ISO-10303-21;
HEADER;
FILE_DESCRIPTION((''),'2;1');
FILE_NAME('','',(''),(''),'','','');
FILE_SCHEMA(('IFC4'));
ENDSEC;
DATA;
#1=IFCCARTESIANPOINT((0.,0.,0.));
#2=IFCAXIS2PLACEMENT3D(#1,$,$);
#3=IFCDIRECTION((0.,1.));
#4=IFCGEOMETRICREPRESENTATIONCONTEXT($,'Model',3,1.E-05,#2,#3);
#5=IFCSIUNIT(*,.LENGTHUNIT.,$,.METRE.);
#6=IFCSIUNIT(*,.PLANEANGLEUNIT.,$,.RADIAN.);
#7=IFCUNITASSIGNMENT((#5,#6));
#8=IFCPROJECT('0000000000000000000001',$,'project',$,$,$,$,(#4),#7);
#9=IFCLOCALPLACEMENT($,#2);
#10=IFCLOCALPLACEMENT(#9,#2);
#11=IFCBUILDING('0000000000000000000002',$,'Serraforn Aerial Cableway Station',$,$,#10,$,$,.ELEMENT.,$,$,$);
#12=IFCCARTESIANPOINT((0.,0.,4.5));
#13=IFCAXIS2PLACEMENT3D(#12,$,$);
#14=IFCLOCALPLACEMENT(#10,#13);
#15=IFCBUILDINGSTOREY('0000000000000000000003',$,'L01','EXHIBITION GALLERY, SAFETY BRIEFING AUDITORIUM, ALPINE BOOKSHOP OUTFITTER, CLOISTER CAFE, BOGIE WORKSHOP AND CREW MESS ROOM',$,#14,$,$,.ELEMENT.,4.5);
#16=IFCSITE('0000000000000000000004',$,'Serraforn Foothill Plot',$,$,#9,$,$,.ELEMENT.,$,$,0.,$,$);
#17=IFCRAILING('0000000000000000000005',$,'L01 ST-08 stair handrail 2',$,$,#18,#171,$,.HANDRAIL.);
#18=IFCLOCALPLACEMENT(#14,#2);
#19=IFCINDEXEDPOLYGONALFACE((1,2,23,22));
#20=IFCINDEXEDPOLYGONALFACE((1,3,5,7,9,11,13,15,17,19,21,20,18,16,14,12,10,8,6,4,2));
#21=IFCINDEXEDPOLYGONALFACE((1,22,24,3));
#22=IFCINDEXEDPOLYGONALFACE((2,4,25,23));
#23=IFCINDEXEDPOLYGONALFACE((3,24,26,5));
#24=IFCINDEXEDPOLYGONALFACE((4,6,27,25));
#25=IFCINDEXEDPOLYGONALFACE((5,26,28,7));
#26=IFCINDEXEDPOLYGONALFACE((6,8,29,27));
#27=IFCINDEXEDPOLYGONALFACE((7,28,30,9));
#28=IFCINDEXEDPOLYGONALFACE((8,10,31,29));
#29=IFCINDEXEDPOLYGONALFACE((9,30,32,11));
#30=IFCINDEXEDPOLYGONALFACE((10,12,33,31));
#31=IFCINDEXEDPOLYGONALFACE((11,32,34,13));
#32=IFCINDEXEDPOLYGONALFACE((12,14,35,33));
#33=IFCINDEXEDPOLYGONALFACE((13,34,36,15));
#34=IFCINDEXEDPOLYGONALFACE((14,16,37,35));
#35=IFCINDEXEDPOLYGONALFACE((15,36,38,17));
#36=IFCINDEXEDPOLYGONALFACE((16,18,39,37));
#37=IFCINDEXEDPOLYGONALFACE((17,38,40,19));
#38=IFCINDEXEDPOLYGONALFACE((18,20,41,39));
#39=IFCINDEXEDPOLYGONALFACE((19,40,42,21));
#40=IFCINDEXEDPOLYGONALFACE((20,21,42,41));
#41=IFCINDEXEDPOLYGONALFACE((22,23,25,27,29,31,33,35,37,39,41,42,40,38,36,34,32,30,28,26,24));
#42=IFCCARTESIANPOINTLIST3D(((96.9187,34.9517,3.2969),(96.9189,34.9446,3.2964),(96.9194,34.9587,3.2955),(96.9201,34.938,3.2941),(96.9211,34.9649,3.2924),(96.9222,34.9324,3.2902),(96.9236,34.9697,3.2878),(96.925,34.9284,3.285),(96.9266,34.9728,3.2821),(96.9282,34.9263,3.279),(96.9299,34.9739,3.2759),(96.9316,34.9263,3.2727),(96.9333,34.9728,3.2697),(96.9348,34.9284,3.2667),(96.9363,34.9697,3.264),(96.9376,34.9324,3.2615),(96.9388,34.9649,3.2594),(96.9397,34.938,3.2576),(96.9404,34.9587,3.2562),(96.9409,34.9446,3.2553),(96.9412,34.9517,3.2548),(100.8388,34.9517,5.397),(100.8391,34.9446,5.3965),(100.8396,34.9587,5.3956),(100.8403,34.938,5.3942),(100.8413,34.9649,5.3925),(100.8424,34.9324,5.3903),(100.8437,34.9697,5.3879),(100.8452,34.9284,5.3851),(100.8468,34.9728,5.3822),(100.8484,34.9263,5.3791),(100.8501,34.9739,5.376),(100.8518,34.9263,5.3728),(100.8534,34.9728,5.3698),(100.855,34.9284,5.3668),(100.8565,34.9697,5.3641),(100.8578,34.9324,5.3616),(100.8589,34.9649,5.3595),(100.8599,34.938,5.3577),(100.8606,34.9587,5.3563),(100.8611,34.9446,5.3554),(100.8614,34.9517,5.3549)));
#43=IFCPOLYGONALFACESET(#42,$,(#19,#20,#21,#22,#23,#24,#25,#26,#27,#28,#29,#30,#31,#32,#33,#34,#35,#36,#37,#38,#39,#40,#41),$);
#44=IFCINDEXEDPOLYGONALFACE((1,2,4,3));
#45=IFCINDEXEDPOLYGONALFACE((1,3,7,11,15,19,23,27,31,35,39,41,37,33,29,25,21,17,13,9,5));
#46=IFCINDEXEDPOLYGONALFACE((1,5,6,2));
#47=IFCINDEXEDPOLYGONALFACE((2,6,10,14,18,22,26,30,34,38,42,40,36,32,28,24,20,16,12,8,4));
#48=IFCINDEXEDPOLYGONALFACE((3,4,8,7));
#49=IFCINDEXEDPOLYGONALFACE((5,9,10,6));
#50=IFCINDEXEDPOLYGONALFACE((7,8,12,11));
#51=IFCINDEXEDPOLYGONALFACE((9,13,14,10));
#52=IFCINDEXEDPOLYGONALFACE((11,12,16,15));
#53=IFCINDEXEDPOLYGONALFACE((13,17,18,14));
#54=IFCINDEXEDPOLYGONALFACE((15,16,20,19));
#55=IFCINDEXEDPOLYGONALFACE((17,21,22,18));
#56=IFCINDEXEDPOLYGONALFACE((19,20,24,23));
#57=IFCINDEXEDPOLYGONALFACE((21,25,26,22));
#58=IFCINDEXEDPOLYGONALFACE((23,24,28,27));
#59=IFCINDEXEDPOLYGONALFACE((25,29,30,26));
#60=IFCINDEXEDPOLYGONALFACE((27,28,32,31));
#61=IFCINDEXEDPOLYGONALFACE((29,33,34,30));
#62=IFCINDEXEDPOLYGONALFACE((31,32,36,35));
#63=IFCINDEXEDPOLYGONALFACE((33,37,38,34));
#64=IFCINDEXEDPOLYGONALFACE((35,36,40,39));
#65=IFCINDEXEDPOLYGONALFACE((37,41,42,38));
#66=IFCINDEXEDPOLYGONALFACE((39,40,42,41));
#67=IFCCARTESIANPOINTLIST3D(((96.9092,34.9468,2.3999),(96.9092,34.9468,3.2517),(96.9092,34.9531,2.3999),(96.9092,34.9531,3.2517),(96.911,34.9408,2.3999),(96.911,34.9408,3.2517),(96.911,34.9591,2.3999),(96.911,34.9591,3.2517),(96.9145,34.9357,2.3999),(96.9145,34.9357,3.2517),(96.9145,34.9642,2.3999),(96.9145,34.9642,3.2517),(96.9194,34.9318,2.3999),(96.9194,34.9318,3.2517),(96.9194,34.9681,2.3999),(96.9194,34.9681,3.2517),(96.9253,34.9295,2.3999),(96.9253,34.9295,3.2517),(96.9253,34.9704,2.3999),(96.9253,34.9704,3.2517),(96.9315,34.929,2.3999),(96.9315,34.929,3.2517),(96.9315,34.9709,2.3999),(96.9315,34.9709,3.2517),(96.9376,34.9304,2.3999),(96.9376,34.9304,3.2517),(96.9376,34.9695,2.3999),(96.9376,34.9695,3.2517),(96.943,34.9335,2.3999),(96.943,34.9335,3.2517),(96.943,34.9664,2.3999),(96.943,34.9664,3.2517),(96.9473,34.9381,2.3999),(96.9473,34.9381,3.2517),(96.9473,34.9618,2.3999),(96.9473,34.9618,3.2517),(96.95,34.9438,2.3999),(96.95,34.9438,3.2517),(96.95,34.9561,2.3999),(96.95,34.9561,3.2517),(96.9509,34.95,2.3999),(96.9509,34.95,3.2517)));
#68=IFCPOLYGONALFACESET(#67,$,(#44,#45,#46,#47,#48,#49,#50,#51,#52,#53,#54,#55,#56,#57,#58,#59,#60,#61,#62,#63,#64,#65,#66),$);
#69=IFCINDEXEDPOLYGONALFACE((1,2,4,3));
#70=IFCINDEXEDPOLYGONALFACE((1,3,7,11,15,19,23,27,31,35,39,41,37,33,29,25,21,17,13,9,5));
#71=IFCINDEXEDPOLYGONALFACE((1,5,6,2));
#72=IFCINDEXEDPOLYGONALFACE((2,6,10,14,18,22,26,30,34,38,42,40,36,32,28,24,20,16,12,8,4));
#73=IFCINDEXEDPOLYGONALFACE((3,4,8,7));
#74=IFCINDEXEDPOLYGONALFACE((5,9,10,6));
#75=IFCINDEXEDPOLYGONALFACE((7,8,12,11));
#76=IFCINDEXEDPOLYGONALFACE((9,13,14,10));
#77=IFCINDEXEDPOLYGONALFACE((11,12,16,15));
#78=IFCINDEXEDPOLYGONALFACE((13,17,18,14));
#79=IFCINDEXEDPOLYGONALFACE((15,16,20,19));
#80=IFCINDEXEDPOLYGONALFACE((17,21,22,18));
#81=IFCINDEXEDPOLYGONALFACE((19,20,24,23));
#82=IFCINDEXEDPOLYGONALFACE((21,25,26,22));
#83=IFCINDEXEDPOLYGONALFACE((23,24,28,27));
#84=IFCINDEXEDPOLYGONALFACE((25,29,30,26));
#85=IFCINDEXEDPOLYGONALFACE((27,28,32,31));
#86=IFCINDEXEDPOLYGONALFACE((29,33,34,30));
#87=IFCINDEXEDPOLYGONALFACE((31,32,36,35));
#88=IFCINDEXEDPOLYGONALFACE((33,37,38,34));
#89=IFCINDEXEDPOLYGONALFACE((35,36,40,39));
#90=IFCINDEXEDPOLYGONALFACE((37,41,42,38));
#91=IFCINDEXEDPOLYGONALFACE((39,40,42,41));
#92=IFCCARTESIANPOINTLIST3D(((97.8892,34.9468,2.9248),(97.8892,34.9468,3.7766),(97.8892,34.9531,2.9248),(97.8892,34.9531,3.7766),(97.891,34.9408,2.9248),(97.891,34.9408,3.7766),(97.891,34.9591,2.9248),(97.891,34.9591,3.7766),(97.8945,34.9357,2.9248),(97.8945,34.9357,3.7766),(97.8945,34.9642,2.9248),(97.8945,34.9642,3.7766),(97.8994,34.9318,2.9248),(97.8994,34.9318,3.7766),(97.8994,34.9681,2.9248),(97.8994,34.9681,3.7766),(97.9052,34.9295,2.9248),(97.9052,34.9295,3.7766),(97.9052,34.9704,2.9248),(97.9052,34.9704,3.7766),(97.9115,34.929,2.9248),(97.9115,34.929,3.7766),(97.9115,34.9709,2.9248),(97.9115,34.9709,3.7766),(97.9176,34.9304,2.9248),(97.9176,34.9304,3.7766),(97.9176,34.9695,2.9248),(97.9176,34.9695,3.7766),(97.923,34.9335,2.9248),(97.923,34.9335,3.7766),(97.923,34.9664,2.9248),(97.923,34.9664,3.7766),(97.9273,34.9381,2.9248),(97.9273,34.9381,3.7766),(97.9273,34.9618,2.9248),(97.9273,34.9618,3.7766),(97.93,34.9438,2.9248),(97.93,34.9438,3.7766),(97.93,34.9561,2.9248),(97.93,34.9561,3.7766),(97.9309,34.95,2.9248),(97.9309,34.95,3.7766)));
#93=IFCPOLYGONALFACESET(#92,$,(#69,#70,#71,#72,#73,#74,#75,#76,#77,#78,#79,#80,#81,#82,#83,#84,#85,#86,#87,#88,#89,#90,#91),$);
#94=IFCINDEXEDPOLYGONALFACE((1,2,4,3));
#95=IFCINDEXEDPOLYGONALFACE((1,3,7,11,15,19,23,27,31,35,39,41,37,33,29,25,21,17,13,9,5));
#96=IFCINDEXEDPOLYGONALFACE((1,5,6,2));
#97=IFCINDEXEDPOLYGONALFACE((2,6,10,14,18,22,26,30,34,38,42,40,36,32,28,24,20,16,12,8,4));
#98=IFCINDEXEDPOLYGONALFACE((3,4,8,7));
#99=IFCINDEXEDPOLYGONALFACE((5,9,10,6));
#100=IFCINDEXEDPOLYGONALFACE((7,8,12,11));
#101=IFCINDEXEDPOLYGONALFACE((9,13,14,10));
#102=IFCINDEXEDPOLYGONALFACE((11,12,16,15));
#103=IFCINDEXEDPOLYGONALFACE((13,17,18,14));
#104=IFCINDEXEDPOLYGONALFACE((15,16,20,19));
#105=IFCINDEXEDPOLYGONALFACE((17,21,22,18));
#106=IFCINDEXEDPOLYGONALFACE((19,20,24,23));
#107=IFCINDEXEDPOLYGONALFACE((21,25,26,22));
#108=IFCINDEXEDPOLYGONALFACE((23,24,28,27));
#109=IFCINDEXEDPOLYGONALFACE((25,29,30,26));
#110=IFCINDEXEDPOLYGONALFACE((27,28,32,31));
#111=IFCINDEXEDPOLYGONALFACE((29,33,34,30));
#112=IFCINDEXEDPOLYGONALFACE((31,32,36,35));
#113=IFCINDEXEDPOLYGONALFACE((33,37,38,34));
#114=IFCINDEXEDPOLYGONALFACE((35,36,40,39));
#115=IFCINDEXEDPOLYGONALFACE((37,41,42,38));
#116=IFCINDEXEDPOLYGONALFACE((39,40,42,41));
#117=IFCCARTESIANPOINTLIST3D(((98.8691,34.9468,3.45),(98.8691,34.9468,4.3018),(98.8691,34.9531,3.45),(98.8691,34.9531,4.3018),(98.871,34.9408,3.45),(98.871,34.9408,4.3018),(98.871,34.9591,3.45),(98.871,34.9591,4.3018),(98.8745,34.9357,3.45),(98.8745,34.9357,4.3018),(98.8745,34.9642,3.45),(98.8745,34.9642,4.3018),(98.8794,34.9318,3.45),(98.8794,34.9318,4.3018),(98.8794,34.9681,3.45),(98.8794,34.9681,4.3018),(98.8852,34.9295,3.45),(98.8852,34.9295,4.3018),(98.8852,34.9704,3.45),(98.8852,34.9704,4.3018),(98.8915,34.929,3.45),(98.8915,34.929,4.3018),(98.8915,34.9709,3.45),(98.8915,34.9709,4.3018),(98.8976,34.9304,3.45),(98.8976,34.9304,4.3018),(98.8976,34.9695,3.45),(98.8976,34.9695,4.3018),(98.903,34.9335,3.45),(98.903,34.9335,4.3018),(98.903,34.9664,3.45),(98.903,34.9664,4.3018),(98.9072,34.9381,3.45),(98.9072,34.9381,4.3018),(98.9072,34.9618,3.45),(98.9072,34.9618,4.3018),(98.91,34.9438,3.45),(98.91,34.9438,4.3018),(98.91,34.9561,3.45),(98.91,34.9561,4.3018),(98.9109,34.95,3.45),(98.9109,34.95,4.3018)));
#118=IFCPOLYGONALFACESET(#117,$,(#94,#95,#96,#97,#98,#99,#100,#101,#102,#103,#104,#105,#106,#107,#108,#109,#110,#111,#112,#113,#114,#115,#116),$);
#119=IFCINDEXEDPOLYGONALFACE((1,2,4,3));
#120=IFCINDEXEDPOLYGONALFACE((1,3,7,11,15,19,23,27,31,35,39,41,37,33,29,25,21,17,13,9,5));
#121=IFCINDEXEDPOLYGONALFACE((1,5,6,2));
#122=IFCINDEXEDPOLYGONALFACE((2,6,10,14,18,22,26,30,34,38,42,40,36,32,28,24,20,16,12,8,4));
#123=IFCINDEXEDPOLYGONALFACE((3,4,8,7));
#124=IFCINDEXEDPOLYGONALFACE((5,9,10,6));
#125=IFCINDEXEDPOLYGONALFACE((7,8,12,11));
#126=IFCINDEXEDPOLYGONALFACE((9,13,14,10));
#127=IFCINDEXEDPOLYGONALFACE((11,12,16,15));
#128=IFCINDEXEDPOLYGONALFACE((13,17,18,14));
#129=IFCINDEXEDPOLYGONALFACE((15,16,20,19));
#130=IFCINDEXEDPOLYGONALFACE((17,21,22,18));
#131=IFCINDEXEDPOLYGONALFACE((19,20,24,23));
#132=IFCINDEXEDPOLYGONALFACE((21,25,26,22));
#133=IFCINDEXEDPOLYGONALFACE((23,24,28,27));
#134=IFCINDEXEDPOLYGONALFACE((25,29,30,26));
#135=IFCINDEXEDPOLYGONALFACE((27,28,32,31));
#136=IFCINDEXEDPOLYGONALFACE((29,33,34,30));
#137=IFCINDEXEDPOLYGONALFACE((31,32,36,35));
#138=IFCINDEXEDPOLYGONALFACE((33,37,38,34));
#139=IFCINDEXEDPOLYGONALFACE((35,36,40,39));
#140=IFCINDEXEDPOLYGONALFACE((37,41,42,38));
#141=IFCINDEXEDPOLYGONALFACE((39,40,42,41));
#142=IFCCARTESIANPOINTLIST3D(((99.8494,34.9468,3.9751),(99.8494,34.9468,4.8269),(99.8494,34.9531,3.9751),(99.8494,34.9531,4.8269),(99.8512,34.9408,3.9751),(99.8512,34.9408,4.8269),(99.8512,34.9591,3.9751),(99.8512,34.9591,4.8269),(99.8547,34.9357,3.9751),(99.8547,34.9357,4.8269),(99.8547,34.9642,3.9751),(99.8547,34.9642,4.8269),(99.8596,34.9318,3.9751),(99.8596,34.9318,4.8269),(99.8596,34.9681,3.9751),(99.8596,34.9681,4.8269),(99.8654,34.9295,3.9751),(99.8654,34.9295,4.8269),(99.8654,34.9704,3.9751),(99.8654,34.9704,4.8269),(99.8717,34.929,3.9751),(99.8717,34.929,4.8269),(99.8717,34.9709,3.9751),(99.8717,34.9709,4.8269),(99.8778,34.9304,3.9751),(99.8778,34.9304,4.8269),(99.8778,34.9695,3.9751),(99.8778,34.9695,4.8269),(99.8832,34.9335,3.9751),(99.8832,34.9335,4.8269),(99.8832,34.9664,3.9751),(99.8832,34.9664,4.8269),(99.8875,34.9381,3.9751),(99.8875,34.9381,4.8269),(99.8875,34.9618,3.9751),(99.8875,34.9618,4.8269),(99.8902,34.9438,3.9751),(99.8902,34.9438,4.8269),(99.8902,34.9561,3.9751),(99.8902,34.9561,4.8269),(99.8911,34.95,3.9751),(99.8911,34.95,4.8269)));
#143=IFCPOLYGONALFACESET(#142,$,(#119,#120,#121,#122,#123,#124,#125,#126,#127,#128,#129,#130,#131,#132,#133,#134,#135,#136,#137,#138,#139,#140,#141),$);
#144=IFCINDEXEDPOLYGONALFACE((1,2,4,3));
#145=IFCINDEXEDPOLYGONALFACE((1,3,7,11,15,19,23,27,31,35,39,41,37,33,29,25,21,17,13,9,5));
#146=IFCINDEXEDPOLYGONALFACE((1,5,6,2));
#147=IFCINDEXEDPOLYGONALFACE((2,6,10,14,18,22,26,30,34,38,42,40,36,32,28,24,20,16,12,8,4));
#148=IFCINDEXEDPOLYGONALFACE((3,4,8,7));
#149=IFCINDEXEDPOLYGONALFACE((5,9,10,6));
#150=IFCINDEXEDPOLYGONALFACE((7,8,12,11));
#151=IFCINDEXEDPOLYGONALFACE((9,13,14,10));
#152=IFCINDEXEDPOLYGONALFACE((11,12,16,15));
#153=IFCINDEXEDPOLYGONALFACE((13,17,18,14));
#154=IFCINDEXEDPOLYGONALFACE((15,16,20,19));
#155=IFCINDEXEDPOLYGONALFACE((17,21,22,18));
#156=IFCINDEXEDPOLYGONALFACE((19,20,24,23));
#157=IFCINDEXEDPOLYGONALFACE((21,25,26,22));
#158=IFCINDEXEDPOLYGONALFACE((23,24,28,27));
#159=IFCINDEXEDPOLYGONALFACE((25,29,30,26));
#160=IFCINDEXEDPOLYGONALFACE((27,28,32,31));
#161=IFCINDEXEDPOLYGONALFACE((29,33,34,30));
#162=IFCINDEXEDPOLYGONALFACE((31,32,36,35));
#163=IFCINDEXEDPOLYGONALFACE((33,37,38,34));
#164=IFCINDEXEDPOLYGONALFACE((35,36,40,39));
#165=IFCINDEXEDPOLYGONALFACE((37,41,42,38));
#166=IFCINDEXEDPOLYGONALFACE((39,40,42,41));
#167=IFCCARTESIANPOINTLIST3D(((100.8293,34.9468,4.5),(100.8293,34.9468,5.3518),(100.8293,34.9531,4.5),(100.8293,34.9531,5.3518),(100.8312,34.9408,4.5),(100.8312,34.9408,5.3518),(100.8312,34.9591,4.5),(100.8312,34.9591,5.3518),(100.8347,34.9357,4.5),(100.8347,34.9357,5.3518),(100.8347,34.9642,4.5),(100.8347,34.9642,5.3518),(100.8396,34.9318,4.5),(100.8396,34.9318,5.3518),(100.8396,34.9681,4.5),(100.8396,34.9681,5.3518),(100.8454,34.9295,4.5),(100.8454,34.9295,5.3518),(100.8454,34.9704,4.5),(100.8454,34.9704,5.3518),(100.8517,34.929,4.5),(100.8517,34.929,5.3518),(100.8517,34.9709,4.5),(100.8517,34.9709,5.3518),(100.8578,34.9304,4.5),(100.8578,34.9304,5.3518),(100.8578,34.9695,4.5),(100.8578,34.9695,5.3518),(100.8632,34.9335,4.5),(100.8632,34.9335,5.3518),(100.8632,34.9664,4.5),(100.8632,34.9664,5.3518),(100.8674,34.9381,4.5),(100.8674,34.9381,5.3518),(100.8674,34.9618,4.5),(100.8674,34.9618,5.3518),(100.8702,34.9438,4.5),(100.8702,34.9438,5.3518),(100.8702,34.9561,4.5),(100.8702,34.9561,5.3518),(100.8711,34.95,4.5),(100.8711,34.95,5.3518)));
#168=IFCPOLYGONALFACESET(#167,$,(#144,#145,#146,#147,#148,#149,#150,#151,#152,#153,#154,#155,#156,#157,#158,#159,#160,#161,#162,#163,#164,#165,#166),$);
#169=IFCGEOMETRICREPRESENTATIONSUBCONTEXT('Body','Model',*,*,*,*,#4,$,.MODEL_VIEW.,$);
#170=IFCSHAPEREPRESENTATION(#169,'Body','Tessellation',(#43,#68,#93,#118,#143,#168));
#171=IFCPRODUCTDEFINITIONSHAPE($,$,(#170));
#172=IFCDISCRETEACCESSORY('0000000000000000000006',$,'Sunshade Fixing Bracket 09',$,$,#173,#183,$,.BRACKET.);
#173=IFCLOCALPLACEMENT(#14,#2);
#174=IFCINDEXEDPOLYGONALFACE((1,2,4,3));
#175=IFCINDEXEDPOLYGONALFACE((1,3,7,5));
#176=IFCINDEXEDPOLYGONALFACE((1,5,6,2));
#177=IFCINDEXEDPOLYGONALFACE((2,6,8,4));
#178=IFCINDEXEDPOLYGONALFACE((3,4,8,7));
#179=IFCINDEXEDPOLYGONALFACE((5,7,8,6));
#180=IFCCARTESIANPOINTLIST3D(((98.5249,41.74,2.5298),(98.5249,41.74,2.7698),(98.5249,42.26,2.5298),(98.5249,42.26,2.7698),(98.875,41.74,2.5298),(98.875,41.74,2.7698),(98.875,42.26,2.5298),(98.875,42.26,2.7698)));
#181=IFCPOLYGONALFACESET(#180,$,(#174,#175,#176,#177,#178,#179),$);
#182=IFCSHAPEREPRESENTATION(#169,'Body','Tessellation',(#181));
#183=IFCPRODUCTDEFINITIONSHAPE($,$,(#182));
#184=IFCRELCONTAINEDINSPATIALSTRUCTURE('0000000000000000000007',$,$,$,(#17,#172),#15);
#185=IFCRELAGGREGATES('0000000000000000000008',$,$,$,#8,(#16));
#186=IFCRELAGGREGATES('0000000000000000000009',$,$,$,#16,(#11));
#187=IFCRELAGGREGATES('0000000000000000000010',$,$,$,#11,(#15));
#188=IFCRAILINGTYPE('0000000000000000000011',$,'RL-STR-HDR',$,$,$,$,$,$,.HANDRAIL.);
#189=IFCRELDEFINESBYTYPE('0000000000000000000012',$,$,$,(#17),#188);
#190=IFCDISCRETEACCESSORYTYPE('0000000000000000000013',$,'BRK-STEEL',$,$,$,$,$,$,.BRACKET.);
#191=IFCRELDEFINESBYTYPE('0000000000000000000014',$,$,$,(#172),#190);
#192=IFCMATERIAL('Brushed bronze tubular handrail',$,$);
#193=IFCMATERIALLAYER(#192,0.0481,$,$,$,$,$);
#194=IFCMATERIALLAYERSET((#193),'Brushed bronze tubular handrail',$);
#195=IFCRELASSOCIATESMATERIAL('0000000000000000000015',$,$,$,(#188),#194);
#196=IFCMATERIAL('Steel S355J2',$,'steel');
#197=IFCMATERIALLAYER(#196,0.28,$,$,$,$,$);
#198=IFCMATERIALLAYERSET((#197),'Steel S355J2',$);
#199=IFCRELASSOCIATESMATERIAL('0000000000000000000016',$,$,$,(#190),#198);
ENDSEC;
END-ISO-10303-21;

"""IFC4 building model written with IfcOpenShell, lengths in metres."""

from ifc_helpers import new_model, si_unit, direction, frame, origin, origin_2d, place, context, subcontext, project, spatial, rectangle, circle, extrude, material, layer, layer_set, type_object, element, save


model = new_model("IFC4")

# Units and contexts
model_context = context("Model", 3, precision=1e-05, world=origin(), true_north=direction((0.0, 1.0)))
body_context = subcontext(model_context, "Body", "Model", "MODEL_VIEW")
ifc_project = project(units=[si_unit("LENGTHUNIT", "METRE"), si_unit("PLANEANGLEUNIT", "RADIAN")], contexts=[model_context])

# Site, building, storey
site_placement = place(None, origin())
site = spatial("IfcSite", under=ifc_project, at=site_placement, Name="Serraforn Foothill Plot", CompositionType="ELEMENT", RefElevation=0.0)
building_placement = place(site_placement, origin())
building = spatial("IfcBuilding", under=site, at=building_placement, Name="Serraforn Aerial Cableway Station", CompositionType="ELEMENT")
storey_placement = place(building_placement, frame((0.0, 0.0, 4.5)))
storey = spatial("IfcBuildingStorey", under=building, at=storey_placement, Name="L01", Description="EXHIBITION GALLERY, SAFETY BRIEFING AUDITORIUM, ALPINE BOOKSHOP OUTFITTER, CLOISTER CAFE, BOGIE WORKSHOP AND CREW MESS ROOM", CompositionType="ELEMENT", Elevation=4.5)

# Shared definitions
ifc_material_1 = material(Name="Steel S355J2", Category="steel")

# Railing
ifc_material_2 = material(Name="Brushed bronze tubular handrail")
ifc_layer_1 = layer(ifc_material_2, 0.0481)
ifc_layer_set_1 = layer_set([ifc_layer_1], Name="Brushed bronze tubular handrail")
railing_type_1 = type_object("IfcRailingType", Name="RL-STR-HDR", PredefinedType="HANDRAIL", material=ifc_layer_set_1)
railing_1_placement = place(storey_placement, frame((96.9299, 34.95, 2.3999)))
element("IfcRailing", 1, at=railing_1_placement, inside=storey, type_object=railing_type_1, Name="L01 ST-08 stair handrail 2", PredefinedType="HANDRAIL", context=body_context, shape_type="SweptSolid", body=[
    extrude(circle(Radius=0.0239, at=origin_2d()), frame((0.0, 0.0, 0.876), z_axis=(0.881479, 0.0, 0.472223), x_axis=(0.0, 1.0, 0.0)), (0.0, 0.0, 1.0), 4.4473),
    extrude(circle(Radius=0.021, at=origin_2d()), origin(), (0.0, 0.0, 1.0), 0.8518),
    extrude(circle(Radius=0.021, at=origin_2d()), frame((0.98, 0.0, 0.5249)), (0.0, 0.0, 1.0), 0.8518),
    extrude(circle(Radius=0.021, at=origin_2d()), frame((1.96, 0.0, 1.05)), (0.0, 0.0, 1.0), 0.8518),
    extrude(circle(Radius=0.021, at=origin_2d()), frame((2.9402, 0.0, 1.5752)), (0.0, 0.0, 1.0), 0.8518),
    extrude(circle(Radius=0.021, at=origin_2d()), frame((3.9202, 0.0, 2.1001)), (0.0, 0.0, 1.0), 0.8518),
])

# Discrete accessory
ifc_layer_2 = layer(ifc_material_1, 0.28)
ifc_layer_set_2 = layer_set([ifc_layer_2], Name="Steel S355J2")
discrete_accessory_type = type_object("IfcDiscreteAccessoryType", Name="BRK-STEEL", PredefinedType="BRACKET", material=ifc_layer_set_2)
discrete_accessory_placement = place(storey_placement, frame((98.7, 42.0, 2.5298), z_axis=(0.0, 0.0, 1.0), x_axis=(1.0, 0.0, 0.0)))
element("IfcDiscreteAccessory", 2, at=discrete_accessory_placement, inside=storey, type_object=discrete_accessory_type, Name="Sunshade Fixing Bracket 09", PredefinedType="BRACKET", context=body_context, shape_type="SweptSolid", body=[
    extrude(rectangle(XDim=0.3501, YDim=0.52, at=origin_2d()), origin(), (0.0, 0.0, 1.0), 0.24),
])

save(model, "model.ifc")
